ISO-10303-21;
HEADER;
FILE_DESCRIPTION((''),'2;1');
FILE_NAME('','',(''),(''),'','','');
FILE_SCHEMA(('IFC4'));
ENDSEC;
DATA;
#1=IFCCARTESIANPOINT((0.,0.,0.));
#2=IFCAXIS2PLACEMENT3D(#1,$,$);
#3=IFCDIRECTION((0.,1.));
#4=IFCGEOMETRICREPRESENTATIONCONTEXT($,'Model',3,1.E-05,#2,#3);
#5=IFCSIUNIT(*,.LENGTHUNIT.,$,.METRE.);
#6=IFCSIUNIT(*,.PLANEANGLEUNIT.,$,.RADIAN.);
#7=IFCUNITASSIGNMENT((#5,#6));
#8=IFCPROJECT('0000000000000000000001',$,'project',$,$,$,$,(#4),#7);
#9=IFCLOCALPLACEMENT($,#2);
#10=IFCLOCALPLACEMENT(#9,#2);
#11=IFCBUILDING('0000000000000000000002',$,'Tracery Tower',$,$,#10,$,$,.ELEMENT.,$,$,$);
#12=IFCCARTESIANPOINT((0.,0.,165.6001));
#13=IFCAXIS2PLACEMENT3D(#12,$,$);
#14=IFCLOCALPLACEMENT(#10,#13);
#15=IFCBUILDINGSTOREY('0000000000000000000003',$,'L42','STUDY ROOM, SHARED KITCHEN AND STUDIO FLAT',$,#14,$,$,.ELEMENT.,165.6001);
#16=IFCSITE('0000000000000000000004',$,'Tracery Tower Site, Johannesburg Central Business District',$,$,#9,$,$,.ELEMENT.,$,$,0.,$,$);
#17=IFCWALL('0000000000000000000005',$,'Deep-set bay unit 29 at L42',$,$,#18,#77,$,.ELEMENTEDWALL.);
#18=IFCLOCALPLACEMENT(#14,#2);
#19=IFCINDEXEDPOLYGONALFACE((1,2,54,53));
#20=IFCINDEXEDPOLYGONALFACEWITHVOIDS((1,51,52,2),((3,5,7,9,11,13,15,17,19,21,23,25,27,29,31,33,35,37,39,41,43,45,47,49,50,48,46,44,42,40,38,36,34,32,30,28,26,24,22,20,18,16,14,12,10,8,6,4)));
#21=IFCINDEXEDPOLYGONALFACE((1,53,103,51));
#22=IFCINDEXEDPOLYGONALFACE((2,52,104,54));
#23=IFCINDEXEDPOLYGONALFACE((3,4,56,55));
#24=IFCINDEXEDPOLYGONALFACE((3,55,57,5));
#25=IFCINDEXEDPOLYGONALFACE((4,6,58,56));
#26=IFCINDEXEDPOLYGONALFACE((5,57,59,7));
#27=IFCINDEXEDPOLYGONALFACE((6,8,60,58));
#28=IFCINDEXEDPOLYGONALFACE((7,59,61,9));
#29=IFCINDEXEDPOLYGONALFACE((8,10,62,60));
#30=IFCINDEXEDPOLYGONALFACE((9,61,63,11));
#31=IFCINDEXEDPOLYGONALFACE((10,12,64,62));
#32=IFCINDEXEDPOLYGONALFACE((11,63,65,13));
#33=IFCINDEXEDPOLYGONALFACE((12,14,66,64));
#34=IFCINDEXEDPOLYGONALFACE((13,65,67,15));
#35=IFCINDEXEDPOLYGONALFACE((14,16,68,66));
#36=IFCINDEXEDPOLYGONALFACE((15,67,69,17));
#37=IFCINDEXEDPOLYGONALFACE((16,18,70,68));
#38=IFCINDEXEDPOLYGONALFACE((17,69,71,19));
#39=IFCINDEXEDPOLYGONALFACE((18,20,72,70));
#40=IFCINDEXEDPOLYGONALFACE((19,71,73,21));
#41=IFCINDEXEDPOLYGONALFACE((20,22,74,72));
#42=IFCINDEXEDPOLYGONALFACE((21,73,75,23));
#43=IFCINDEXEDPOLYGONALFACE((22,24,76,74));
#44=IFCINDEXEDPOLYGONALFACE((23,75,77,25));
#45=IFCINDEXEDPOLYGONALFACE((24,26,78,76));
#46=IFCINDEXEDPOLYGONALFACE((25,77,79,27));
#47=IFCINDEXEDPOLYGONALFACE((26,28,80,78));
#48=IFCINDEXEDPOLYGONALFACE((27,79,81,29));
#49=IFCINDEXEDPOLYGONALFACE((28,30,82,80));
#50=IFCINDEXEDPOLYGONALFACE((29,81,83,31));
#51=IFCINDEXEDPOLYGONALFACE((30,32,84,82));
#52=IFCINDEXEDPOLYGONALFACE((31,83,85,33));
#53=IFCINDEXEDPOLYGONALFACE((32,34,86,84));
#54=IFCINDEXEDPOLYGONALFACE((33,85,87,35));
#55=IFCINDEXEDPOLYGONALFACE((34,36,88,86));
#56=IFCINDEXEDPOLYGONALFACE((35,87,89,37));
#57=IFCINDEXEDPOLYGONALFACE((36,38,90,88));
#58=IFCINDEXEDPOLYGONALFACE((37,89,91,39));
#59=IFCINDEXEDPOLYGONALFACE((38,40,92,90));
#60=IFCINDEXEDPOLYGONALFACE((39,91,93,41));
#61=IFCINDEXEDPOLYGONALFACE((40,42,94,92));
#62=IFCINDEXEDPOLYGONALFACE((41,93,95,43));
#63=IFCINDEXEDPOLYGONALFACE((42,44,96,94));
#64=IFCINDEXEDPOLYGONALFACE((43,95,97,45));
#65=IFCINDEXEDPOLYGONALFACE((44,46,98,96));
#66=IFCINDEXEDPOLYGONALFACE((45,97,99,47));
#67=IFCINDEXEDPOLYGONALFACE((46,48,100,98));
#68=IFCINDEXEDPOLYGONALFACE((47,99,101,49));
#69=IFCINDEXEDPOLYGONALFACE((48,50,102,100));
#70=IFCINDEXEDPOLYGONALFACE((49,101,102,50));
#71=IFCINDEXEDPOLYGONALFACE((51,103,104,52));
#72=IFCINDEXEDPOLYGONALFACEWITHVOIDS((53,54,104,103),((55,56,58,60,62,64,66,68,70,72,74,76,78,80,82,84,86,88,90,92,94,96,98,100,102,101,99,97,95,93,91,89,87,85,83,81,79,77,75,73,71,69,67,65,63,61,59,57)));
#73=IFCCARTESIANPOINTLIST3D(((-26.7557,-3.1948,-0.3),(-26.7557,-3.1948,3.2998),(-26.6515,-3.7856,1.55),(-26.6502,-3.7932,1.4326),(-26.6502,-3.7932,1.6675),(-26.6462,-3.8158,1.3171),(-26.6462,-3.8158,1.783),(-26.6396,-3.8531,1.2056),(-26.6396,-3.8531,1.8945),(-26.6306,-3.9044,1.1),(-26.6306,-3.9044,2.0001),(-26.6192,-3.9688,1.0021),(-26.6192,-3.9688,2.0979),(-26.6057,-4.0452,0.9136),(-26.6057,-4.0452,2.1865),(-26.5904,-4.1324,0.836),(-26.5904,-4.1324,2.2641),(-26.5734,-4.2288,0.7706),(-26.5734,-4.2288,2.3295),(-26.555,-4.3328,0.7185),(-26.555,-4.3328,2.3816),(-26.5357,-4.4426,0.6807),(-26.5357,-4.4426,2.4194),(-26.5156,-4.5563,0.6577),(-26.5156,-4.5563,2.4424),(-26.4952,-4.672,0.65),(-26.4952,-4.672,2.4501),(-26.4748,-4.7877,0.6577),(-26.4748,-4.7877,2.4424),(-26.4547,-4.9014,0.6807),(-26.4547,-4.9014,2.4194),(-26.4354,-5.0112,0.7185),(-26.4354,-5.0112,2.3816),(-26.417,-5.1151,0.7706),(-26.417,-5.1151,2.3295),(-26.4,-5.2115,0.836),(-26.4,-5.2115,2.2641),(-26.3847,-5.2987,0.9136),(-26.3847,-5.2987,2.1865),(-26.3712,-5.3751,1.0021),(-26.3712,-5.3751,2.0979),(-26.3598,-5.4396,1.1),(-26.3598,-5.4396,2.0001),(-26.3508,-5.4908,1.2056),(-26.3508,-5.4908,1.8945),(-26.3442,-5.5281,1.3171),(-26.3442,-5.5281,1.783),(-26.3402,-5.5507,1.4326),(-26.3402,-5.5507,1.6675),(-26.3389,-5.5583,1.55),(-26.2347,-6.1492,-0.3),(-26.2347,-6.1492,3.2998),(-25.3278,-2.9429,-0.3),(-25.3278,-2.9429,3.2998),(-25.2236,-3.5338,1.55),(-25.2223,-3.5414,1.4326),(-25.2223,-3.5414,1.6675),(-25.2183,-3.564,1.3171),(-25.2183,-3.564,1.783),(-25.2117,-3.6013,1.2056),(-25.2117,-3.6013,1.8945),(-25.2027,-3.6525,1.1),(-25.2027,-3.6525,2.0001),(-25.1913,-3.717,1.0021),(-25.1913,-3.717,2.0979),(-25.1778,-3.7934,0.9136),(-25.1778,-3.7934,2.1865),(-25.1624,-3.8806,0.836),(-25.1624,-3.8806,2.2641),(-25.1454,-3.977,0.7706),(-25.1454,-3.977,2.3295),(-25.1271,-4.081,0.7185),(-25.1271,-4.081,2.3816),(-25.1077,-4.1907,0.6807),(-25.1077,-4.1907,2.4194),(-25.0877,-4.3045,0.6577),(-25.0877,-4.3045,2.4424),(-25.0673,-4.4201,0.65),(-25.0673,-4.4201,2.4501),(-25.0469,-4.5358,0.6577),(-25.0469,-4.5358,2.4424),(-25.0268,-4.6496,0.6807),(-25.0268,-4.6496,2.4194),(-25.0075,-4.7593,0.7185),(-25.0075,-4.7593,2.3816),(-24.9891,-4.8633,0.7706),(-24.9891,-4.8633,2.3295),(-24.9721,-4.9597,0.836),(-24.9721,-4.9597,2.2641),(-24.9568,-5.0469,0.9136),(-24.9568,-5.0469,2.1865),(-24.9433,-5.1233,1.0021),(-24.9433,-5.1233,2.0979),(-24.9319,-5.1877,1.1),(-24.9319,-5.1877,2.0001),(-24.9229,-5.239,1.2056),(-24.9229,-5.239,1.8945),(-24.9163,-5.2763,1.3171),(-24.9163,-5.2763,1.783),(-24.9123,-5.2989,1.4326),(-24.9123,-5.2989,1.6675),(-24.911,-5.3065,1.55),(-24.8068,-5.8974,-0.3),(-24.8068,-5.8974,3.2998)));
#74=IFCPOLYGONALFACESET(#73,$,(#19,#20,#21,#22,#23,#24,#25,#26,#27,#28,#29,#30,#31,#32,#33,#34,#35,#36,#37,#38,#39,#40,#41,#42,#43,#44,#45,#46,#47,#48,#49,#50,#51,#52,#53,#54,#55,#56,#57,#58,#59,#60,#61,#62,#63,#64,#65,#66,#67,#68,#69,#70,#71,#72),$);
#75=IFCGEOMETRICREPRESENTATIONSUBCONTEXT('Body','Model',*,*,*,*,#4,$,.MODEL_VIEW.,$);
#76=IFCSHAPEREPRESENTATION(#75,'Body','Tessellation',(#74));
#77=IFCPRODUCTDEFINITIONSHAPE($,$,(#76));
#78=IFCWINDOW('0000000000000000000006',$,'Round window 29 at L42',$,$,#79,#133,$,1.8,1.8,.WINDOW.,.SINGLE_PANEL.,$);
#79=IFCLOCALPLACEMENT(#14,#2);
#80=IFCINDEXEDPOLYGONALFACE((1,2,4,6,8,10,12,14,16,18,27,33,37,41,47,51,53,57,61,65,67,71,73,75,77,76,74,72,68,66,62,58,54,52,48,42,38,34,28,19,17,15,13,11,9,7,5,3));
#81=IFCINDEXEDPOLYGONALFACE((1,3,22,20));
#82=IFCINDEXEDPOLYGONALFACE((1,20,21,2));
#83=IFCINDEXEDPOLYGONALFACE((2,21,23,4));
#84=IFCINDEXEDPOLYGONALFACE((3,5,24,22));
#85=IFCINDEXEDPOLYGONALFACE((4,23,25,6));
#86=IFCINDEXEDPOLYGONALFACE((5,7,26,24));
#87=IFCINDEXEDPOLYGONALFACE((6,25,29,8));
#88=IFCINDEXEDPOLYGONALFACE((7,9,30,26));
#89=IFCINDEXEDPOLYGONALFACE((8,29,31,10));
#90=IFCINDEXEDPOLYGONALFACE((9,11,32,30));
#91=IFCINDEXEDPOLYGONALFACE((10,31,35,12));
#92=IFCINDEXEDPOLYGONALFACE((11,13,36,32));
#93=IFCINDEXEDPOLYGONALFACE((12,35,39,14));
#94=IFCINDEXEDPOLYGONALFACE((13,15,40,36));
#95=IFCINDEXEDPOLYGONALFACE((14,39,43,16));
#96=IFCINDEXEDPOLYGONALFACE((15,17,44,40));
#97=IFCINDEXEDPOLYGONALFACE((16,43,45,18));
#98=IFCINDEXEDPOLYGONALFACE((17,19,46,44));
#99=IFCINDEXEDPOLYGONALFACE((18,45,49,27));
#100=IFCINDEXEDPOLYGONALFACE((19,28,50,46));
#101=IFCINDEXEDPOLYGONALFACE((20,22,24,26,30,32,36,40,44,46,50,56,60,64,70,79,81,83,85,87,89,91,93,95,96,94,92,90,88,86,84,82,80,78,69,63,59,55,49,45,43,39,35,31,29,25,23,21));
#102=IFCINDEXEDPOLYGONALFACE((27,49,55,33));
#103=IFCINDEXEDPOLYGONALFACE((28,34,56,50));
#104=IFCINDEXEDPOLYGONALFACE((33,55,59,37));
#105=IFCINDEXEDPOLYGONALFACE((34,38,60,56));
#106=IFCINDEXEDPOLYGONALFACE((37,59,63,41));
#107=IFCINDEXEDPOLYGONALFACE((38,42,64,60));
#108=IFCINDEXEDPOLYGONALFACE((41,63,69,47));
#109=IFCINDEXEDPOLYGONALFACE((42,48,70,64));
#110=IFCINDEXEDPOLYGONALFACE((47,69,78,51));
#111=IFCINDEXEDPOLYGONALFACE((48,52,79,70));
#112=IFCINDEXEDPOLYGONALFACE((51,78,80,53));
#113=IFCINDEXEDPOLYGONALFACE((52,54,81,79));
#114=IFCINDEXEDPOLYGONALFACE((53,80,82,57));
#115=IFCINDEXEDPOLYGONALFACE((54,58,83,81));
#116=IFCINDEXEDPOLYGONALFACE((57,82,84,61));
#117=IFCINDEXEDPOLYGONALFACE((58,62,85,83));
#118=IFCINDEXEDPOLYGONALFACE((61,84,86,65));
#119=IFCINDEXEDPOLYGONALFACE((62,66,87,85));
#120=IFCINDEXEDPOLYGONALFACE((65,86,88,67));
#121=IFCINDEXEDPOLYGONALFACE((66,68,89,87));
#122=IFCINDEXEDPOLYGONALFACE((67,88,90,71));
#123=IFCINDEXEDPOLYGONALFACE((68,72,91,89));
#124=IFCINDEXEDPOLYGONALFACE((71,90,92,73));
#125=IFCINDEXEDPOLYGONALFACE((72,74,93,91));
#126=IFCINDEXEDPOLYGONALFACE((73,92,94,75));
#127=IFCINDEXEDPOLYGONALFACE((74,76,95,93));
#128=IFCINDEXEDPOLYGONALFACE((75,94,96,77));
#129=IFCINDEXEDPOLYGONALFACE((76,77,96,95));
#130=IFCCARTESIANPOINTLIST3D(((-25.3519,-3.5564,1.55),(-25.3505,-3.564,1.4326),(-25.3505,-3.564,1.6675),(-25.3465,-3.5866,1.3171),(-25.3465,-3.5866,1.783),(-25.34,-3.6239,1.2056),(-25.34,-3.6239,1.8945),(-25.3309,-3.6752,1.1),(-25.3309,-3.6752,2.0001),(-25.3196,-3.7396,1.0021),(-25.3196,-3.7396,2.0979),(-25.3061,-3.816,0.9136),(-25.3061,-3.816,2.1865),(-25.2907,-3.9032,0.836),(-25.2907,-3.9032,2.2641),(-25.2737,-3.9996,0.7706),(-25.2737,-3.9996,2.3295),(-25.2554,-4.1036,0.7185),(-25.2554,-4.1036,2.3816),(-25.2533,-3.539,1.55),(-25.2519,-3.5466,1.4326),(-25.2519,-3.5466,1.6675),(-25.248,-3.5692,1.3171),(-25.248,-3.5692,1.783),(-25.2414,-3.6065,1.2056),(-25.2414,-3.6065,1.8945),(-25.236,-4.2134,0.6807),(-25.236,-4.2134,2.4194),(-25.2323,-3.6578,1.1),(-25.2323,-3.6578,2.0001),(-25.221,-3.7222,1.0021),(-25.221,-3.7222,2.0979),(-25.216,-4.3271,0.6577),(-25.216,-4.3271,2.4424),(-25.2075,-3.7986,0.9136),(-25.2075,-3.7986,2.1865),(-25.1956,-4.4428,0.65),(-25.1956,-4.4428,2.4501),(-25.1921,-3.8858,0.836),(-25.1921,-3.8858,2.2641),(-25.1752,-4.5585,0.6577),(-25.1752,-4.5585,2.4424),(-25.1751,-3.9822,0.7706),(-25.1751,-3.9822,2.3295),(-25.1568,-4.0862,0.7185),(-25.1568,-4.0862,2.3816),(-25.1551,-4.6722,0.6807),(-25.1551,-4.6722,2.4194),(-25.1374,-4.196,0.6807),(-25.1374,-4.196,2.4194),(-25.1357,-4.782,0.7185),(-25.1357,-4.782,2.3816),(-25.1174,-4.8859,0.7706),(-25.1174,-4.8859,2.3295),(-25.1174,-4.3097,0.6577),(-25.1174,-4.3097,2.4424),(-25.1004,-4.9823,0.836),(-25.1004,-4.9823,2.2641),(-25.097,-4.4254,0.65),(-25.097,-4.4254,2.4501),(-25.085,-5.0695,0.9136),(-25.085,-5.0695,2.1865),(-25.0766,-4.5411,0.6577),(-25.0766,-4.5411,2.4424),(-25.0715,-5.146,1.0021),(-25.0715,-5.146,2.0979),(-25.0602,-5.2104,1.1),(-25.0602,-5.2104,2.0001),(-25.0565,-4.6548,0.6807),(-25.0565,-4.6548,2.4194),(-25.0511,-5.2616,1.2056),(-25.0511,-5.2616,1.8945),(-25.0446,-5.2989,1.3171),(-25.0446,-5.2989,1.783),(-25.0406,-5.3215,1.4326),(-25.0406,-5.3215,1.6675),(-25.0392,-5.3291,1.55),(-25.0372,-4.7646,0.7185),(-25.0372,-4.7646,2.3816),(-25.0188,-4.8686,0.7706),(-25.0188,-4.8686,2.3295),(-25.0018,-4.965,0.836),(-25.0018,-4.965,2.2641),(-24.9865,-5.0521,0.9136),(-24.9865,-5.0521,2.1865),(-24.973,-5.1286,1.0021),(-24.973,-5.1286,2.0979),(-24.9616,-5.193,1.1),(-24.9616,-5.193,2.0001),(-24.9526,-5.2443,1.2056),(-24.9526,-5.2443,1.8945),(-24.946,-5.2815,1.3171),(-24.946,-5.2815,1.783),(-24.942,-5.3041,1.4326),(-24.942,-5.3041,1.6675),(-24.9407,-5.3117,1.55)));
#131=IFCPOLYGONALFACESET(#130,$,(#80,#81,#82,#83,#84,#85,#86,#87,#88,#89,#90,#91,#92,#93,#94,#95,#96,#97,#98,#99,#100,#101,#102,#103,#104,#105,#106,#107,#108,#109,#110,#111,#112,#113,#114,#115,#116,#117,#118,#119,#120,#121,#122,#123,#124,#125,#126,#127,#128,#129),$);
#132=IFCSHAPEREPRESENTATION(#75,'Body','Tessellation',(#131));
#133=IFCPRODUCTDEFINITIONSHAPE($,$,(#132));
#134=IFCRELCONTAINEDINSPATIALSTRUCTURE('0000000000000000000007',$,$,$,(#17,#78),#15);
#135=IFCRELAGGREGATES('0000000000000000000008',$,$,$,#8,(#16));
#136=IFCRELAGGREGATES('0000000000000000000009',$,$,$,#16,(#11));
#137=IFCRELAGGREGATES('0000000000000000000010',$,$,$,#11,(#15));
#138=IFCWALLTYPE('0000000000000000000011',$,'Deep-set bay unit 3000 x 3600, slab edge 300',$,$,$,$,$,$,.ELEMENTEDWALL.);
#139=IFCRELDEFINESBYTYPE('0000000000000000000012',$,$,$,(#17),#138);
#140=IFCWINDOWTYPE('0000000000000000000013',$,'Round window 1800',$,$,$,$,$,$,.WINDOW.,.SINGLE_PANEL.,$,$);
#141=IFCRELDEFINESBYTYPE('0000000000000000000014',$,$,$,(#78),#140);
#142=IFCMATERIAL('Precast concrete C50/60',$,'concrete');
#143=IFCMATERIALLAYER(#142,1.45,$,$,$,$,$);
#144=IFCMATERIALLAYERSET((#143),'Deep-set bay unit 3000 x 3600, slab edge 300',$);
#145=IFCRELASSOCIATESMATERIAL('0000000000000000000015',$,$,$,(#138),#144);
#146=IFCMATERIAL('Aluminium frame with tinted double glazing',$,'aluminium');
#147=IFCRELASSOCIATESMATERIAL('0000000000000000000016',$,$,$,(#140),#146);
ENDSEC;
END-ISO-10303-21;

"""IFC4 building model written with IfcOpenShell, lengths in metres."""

from ifc_helpers import new_model, si_unit, direction, frame, frame_2d, origin, origin_2d, place, context, subcontext, project, spatial, rectangle, circle, extrude, material, layer, layer_set, type_object, element, fill, save


model = new_model("IFC4")

# Units and contexts
model_context = context("Model", 3, precision=1e-05, world=origin(), true_north=direction((0.0, 1.0)))
body_context = subcontext(model_context, "Body", "Model", "MODEL_VIEW")
ifc_project = project(units=[si_unit("LENGTHUNIT", "METRE"), si_unit("PLANEANGLEUNIT", "RADIAN")], contexts=[model_context])

# Site, building, storey
site_placement = place(None, origin())
site = spatial("IfcSite", under=ifc_project, at=site_placement, Name="Tracery Tower Site, Johannesburg Central Business District", CompositionType="ELEMENT", RefElevation=0.0)
building_placement = place(site_placement, origin())
building = spatial("IfcBuilding", under=site, at=building_placement, Name="Tracery Tower", CompositionType="ELEMENT")
storey_placement = place(building_placement, frame((0.0, 0.0, 165.6001)))
storey = spatial("IfcBuildingStorey", under=building, at=storey_placement, Name="L42", Description="STUDY ROOM, SHARED KITCHEN AND STUDIO FLAT", CompositionType="ELEMENT", Elevation=165.6001)

# Wall, opening, window
ifc_material_1 = material(Name="Precast concrete C50/60", Category="concrete")
ifc_layer_1 = layer(ifc_material_1, 1.45)
ifc_layer_set_1 = layer_set([ifc_layer_1], Name="Deep-set bay unit 3000 x 3600, slab edge 300")
wall_type_1 = type_object("IfcWallType", Name="Deep-set bay unit 3000 x 3600, slab edge 300", PredefinedType="ELEMENTEDWALL", material=ifc_layer_set_1)
wall_1_placement = place(storey_placement, frame((-26.0417, -3.0688, -0.3), z_axis=(0.0, 0.0, 1.0), x_axis=(0.173669, -0.984804, 0.0)))
wall_1 = element("IfcWall", 1, at=wall_1_placement, inside=storey, type_object=wall_type_1, Name="Deep-set bay unit 29 at L42", PredefinedType="ELEMENTEDWALL", context=body_context, shape_type="SweptSolid", body=[
    extrude(rectangle(XDim=3.0, YDim=1.45, at=frame_2d((1.5, 0.0))), origin(), (0.0, 0.0, 1.0), 3.5999),
])
opening_1_placement = place(wall_1_placement, frame((1.5, 0.0, 1.8501)))
opening_1 = element("IfcOpeningElement", 2, at=opening_1_placement, cuts=wall_1, PredefinedType="OPENING", context=body_context, shape_type="SweptSolid", body=[
    extrude(circle(Radius=0.9, at=origin_2d()), frame((0.0, 0.7349, 0.0), z_axis=(0.0, -1.0, 0.0), x_axis=(1.0, 0.0, 0.0)), (0.0, 0.0, 1.0), 1.47),
])
ifc_material_2 = material(Name="Aluminium frame with tinted double glazing", Category="aluminium")
window_type = type_object("IfcWindowType", Name="Round window 1800", PartitioningType="SINGLE_PANEL", PredefinedType="WINDOW", material=ifc_material_2)
window_1_placement = place(opening_1_placement, origin())
window_1 = element("IfcWindow", 3, at=window_1_placement, inside=storey, type_object=window_type, Name="Round window 29 at L42", OverallHeight=1.8, OverallWidth=1.8, PartitioningType="SINGLE_PANEL", PredefinedType="WINDOW", context=body_context, shape_type="SweptSolid", body=[
    extrude(circle(Radius=0.9, at=origin_2d()), frame((0.0, 0.6948, 0.0), z_axis=(0.0, -1.0, 0.0), x_axis=(1.0, 0.0, 0.0)), (0.0, 0.0, 1.0), 0.1001),
])
fill(opening_1, window_1)

save(model, "model.ifc")
